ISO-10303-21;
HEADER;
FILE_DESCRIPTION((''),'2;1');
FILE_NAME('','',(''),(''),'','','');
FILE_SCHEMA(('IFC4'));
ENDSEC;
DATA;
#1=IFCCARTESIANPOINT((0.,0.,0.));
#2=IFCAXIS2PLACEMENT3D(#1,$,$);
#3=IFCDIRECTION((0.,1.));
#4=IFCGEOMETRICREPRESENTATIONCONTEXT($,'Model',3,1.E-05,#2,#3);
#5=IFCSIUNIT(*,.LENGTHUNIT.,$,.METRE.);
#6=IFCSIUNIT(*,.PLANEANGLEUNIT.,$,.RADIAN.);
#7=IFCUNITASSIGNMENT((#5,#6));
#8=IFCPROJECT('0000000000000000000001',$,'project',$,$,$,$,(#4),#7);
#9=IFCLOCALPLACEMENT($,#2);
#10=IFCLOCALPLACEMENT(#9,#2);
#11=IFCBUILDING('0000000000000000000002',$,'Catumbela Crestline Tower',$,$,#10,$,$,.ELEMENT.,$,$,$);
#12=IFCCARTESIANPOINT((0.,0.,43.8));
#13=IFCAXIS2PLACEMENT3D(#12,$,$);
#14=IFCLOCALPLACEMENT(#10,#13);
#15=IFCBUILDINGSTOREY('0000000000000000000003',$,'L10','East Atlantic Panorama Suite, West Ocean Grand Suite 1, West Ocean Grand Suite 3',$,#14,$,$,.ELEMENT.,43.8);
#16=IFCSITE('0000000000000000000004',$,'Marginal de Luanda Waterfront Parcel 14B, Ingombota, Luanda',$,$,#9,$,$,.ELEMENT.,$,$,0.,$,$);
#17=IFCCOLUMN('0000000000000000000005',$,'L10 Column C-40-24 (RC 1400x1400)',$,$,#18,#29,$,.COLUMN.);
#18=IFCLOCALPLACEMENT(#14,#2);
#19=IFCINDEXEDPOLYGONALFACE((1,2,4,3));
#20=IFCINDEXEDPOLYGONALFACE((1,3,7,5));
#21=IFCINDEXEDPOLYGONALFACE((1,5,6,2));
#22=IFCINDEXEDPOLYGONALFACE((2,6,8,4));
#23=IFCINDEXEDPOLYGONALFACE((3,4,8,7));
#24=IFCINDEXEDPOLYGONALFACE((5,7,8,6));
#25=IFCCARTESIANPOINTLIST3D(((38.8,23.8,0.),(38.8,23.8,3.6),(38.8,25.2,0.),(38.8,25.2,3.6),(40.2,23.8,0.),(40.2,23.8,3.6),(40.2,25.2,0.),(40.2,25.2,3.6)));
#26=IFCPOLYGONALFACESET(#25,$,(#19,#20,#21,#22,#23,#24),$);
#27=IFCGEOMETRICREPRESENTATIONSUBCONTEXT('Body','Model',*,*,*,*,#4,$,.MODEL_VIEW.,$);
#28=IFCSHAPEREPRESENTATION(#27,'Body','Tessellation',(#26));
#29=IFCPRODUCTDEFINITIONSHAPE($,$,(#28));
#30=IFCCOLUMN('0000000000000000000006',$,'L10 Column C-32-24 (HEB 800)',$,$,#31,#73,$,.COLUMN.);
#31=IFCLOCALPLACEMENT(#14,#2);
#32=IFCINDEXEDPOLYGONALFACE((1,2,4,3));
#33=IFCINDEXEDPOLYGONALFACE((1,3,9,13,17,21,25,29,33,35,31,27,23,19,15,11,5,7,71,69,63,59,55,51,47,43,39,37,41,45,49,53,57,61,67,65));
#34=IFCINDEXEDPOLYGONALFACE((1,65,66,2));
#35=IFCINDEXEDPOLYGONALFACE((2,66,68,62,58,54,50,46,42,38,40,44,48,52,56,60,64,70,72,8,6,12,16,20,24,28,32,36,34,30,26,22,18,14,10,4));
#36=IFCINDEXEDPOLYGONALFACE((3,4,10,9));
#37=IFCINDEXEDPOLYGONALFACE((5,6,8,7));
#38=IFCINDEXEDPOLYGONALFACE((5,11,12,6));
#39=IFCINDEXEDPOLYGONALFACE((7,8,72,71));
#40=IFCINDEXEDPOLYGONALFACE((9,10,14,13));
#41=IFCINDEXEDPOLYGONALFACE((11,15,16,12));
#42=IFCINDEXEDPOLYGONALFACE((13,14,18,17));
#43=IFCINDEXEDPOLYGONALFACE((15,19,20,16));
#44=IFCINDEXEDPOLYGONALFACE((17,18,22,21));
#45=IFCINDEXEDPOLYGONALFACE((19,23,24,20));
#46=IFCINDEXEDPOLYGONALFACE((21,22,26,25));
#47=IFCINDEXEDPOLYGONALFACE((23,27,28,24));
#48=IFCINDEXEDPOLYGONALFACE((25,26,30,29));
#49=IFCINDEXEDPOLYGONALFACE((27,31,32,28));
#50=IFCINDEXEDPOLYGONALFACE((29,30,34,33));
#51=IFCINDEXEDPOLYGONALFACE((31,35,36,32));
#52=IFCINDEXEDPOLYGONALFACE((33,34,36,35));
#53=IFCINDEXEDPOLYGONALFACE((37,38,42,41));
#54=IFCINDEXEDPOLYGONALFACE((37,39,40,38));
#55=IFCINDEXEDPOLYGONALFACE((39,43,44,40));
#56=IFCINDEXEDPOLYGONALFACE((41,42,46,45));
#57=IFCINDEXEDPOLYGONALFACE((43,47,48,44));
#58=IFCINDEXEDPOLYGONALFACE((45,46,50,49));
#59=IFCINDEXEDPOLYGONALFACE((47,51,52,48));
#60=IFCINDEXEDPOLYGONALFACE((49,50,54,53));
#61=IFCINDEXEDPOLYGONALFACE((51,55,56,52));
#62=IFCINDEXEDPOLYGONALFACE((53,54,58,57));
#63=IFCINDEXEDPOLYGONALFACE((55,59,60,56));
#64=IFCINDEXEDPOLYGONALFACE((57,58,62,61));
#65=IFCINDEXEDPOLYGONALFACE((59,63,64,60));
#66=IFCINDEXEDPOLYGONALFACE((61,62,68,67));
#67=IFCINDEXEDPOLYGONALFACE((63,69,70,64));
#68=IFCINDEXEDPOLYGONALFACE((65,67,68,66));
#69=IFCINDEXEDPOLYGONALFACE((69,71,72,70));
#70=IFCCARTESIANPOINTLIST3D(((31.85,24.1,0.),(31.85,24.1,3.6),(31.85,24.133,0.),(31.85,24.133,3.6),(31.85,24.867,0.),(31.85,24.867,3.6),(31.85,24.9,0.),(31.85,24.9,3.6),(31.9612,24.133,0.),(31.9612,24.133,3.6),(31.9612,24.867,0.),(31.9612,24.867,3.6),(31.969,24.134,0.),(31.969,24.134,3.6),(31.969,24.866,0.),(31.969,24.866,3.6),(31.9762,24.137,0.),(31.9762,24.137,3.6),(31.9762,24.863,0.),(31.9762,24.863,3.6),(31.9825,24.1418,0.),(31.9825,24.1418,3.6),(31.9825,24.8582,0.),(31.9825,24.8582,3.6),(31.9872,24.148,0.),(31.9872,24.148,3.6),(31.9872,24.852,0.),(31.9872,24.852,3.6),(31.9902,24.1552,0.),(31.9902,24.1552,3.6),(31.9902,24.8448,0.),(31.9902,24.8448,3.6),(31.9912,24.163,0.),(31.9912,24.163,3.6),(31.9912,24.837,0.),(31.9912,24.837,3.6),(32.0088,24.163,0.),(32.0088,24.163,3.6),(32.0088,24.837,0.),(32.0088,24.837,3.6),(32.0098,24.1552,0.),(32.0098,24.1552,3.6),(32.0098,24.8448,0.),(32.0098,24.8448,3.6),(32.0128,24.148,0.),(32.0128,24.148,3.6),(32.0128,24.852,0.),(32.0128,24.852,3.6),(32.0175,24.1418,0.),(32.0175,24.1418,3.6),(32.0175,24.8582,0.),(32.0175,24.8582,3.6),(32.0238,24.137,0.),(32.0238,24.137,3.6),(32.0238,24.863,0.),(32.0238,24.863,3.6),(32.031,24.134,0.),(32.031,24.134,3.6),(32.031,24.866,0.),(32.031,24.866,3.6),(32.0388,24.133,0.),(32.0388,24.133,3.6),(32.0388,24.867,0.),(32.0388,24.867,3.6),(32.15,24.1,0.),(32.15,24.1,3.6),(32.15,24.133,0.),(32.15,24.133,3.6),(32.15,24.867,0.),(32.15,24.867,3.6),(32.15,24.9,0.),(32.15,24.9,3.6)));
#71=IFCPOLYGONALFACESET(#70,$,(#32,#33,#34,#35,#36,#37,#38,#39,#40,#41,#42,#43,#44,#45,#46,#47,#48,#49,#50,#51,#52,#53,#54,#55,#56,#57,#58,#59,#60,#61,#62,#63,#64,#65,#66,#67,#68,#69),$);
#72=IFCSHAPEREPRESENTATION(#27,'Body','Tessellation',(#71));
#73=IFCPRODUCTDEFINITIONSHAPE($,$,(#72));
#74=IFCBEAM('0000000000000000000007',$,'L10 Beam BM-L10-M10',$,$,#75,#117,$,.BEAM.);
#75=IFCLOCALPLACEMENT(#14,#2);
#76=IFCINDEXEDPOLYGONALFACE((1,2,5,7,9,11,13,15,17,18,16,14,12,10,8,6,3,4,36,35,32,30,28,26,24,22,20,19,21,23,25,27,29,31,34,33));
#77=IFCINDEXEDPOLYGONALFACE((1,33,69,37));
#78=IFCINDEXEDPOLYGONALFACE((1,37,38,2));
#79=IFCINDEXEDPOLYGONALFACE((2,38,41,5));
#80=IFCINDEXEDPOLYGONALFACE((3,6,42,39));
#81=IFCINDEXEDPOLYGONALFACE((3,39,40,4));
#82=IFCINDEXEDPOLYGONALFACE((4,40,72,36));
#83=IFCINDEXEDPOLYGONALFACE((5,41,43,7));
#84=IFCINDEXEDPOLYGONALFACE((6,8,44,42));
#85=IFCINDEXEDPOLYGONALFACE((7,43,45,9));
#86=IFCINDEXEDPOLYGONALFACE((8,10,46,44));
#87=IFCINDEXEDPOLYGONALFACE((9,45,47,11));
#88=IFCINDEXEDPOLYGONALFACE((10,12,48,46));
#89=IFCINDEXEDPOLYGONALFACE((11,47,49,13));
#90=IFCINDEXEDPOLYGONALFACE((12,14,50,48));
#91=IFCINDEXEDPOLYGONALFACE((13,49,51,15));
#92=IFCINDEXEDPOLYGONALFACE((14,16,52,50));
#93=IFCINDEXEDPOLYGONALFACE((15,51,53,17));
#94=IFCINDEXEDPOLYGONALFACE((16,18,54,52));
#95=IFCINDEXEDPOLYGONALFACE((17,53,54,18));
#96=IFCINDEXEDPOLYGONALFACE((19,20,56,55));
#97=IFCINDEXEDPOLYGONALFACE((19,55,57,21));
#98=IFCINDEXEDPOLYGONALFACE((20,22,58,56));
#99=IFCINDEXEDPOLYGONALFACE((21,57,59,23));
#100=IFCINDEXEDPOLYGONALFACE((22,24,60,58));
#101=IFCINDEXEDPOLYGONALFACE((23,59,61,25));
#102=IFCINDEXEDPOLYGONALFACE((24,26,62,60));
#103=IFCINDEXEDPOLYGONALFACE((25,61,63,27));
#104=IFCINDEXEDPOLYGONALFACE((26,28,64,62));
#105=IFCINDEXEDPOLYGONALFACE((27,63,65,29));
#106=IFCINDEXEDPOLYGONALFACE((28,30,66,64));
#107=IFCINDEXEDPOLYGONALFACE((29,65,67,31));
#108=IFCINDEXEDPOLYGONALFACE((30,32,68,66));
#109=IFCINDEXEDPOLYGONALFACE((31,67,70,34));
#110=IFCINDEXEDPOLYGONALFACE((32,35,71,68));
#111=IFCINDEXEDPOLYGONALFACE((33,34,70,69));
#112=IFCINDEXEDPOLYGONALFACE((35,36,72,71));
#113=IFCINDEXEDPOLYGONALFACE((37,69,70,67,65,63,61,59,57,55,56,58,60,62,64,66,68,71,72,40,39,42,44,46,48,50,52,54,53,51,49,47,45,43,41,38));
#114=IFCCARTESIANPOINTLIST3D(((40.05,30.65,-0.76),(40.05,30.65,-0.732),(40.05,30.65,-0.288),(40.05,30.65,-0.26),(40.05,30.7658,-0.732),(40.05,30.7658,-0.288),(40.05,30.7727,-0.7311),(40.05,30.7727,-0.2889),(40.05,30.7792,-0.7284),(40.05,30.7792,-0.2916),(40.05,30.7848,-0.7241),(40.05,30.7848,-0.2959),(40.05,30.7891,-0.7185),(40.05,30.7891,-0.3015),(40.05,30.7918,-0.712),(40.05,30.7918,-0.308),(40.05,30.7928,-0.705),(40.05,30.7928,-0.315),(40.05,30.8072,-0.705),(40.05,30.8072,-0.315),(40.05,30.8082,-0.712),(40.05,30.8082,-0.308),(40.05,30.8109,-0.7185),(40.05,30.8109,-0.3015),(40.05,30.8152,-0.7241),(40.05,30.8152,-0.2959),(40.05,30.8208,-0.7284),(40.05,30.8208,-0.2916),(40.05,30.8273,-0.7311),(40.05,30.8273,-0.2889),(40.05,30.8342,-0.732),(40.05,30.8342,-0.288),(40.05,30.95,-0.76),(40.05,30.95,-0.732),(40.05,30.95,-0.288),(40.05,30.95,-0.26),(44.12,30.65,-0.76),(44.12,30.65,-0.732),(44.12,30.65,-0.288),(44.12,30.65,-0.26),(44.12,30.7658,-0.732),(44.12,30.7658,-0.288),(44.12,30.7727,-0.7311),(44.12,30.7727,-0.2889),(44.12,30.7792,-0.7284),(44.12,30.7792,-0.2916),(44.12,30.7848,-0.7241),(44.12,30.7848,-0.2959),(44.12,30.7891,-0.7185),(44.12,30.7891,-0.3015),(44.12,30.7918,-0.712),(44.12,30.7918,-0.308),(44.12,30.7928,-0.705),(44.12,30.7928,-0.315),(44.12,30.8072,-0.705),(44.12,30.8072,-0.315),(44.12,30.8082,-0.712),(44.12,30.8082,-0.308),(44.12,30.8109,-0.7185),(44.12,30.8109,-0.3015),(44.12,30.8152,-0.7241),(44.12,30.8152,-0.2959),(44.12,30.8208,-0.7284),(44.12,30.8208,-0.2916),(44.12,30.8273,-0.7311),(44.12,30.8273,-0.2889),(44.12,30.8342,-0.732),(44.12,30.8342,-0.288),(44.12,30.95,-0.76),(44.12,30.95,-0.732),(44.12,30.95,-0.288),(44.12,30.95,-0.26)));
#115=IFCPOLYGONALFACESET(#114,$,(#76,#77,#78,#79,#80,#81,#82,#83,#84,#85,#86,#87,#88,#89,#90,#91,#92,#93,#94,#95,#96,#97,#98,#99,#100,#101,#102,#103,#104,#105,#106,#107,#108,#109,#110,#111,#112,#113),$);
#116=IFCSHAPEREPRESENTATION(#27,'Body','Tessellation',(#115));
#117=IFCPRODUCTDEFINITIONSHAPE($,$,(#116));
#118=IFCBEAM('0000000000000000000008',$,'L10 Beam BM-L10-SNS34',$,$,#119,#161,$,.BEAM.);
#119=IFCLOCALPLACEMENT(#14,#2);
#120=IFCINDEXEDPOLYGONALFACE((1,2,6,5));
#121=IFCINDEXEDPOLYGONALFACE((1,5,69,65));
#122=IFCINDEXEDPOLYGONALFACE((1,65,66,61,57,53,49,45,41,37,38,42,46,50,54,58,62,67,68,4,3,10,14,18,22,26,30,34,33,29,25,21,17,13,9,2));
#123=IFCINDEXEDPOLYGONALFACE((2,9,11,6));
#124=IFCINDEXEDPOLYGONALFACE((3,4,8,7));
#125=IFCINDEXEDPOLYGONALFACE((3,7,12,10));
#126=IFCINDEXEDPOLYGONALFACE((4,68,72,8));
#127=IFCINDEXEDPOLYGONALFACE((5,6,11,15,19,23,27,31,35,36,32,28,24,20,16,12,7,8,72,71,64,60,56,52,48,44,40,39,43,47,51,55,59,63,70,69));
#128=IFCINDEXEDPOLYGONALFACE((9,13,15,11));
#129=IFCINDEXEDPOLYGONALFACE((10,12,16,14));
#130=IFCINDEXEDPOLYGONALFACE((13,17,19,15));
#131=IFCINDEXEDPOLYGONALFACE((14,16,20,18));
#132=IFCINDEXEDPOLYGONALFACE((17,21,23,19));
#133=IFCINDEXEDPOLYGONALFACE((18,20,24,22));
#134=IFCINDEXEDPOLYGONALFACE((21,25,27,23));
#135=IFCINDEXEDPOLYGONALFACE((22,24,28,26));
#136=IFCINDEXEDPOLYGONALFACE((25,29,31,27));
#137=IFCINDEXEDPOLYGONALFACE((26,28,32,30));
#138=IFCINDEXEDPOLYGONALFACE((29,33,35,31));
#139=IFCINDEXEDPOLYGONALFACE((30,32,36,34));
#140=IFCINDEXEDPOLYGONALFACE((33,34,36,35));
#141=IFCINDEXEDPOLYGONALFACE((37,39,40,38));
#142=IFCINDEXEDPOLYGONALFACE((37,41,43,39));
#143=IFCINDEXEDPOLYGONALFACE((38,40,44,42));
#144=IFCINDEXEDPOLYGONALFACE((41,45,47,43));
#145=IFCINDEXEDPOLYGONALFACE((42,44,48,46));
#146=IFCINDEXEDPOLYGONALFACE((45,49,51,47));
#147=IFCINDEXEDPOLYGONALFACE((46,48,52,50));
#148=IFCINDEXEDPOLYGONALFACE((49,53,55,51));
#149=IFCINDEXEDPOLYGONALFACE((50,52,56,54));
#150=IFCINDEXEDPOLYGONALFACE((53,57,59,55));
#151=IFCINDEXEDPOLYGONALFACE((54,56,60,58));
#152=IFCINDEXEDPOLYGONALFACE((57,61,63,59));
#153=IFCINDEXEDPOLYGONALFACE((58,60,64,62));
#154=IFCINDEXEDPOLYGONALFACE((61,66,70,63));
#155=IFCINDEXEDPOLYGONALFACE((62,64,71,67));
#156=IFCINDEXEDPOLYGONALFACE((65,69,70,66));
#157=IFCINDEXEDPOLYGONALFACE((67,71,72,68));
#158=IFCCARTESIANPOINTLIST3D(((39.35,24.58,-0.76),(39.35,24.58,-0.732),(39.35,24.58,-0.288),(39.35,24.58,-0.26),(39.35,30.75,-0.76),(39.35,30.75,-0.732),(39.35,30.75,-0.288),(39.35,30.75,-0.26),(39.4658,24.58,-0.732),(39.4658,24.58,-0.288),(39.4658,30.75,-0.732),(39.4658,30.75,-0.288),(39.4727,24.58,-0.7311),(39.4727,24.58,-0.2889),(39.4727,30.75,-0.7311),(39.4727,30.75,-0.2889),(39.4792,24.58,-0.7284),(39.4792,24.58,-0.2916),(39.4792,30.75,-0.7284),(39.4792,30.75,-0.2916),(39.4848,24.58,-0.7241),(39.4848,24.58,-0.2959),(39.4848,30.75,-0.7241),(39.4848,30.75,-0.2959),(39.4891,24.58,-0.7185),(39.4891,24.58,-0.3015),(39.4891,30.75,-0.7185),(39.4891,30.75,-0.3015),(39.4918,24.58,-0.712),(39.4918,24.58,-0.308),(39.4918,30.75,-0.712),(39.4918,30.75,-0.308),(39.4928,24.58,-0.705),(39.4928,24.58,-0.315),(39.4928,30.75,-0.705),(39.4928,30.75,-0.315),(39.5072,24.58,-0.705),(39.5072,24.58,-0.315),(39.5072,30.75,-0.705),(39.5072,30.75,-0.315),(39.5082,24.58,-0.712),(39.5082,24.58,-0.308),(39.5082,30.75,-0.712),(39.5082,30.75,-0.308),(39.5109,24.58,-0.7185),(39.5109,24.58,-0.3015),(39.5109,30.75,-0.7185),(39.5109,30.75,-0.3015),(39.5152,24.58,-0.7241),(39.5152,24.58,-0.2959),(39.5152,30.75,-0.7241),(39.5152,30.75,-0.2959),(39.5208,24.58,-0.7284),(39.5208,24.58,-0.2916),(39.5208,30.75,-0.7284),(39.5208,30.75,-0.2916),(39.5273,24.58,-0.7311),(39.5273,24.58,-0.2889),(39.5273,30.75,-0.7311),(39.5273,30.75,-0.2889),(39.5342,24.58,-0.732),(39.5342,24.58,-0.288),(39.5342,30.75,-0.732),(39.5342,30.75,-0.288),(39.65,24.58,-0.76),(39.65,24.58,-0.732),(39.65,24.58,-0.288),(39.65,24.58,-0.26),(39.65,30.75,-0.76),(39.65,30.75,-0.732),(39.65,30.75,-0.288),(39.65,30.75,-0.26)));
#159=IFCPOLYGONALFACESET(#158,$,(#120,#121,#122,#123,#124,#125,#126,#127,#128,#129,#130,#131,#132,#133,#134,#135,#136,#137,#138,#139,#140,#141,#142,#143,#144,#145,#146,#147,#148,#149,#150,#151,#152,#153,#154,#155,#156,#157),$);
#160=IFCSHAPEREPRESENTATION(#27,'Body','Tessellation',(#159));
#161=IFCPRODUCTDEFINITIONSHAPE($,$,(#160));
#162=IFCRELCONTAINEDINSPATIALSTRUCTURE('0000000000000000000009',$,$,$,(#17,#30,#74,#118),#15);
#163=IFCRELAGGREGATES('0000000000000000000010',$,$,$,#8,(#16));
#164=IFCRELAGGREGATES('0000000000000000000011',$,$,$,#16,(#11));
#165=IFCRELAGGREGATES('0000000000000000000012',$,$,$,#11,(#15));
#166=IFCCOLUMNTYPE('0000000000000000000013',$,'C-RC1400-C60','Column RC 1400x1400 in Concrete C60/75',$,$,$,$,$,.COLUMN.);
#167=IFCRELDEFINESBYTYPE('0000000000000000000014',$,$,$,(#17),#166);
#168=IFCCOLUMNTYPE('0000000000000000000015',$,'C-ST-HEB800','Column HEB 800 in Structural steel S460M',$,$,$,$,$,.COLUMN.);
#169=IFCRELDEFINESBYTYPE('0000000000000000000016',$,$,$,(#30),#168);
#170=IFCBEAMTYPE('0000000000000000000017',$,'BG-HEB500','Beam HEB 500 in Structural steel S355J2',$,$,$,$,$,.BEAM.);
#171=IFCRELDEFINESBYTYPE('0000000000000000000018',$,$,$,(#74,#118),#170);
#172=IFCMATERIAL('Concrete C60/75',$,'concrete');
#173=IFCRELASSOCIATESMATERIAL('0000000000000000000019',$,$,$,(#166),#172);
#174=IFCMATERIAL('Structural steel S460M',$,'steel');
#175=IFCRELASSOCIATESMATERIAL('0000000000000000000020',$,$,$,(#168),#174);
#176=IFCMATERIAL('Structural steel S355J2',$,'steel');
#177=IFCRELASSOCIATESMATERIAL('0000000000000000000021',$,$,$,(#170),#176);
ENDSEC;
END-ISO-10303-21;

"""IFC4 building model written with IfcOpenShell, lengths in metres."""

from ifc_helpers import new_model, si_unit, direction, frame, origin, origin_2d, place, context, subcontext, project, spatial, rectangle, i_section, extrude, material, material_profile, profile_set, type_object, element, save


model = new_model("IFC4")

# Units and contexts
model_context = context("Model", 3, precision=1e-05, world=origin(), true_north=direction((0.0, 1.0)))
body_context = subcontext(model_context, "Body", "Model", "MODEL_VIEW")
ifc_project = project(units=[si_unit("LENGTHUNIT", "METRE"), si_unit("PLANEANGLEUNIT", "RADIAN")], contexts=[model_context])

# Site, building, storey
site_placement = place(None, origin())
site = spatial("IfcSite", under=ifc_project, at=site_placement, Name="Marginal de Luanda Waterfront Parcel 14B, Ingombota, Luanda", CompositionType="ELEMENT", RefElevation=0.0)
building_placement = place(site_placement, origin())
building = spatial("IfcBuilding", under=site, at=building_placement, Name="Catumbela Crestline Tower", CompositionType="ELEMENT")
storey_placement = place(building_placement, frame((0.0, 0.0, 43.8)))
storey = spatial("IfcBuildingStorey", under=building, at=storey_placement, Name="L10", Description="East Atlantic Panorama Suite, West Ocean Grand Suite 1, West Ocean Grand Suite 3", CompositionType="ELEMENT", Elevation=43.8)

# Columns
ifc_material_1 = material(Name="Concrete C60/75", Category="concrete")
ifc_material_profile_1 = material_profile(ifc_material_1, rectangle(XDim=1.4, YDim=1.4, at=origin_2d()), Name="RC 1400x1400")
ifc_profile_set_1 = profile_set([ifc_material_profile_1], Name="Concrete C60/75")
column_type_1 = type_object("IfcColumnType", Name="C-RC1400-C60", Description="Column RC 1400x1400 in Concrete C60/75", PredefinedType="COLUMN", material=ifc_profile_set_1)
column_1_placement = place(storey_placement, frame((39.5, 24.5, 0.0), z_axis=(0.0, 0.0, 1.0), x_axis=(1.0, 0.0, 0.0)))
element("IfcColumn", 1, at=column_1_placement, inside=storey, type_object=column_type_1, Name="L10 Column C-40-24 (RC 1400x1400)", PredefinedType="COLUMN", context=body_context, shape_type="SweptSolid", body=[
    extrude(rectangle(XDim=1.4, YDim=1.4, at=origin_2d()), origin(), (0.0, 0.0, 1.0), 3.6),
])
ifc_material_2 = material(Name="Structural steel S460M", Category="steel")
ifc_material_profile_2 = material_profile(ifc_material_2, i_section(OverallWidth=0.3, OverallDepth=0.8, WebThickness=0.0175, FlangeThickness=0.033, FilletRadius=0.03, at=origin_2d()), Name="HEB 800")
ifc_profile_set_2 = profile_set([ifc_material_profile_2], Name="Structural steel S460M")
column_type_2 = type_object("IfcColumnType", Name="C-ST-HEB800", Description="Column HEB 800 in Structural steel S460M", PredefinedType="COLUMN", material=ifc_profile_set_2)
column_2_placement = place(storey_placement, frame((32.0, 24.5, 0.0), z_axis=(0.0, 0.0, 1.0), x_axis=(1.0, 0.0, 0.0)))
element("IfcColumn", 2, at=column_2_placement, inside=storey, type_object=column_type_2, Name="L10 Column C-32-24 (HEB 800)", PredefinedType="COLUMN", context=body_context, shape_type="SweptSolid", body=[
    extrude(i_section(OverallWidth=0.3, OverallDepth=0.8, WebThickness=0.0175, FlangeThickness=0.033, FilletRadius=0.03, at=origin_2d()), origin(), (0.0, 0.0, 1.0), 3.6),
])

# Beams
ifc_material_3 = material(Name="Structural steel S355J2", Category="steel")
ifc_material_profile_3 = material_profile(ifc_material_3, i_section(OverallWidth=0.3, OverallDepth=0.5, WebThickness=0.0145, FlangeThickness=0.028, FilletRadius=0.027, at=origin_2d()), Name="HEB 500")
ifc_profile_set_3 = profile_set([ifc_material_profile_3], Name="Structural steel S355J2")
beam_type_1 = type_object("IfcBeamType", Name="BG-HEB500", Description="Beam HEB 500 in Structural steel S355J2", PredefinedType="BEAM", material=ifc_profile_set_3)
beam_1_placement = place(storey_placement, frame((40.05, 30.8, -0.51), z_axis=(1.0, 0.0, 0.0), x_axis=(0.0, 1.0, 0.0)))
element("IfcBeam", 3, at=beam_1_placement, inside=storey, type_object=beam_type_1, Name="L10 Beam BM-L10-M10", PredefinedType="BEAM", context=body_context, shape_type="SweptSolid", body=[
    extrude(i_section(OverallWidth=0.3, OverallDepth=0.5, WebThickness=0.0145, FlangeThickness=0.028, FilletRadius=0.027, at=origin_2d()), origin(), (0.0, 0.0, 1.0), 4.07),
])
beam_2_placement = place(storey_placement, frame((39.5, 24.58, -0.51), z_axis=(0.0, 1.0, 0.0), x_axis=(-1.0, 0.0, 0.0)))
element("IfcBeam", 4, at=beam_2_placement, inside=storey, type_object=beam_type_1, Name="L10 Beam BM-L10-SNS34", PredefinedType="BEAM", context=body_context, shape_type="SweptSolid", body=[
    extrude(i_section(OverallWidth=0.3, OverallDepth=0.5, WebThickness=0.0145, FlangeThickness=0.028, FilletRadius=0.027, at=origin_2d()), origin(), (0.0, 0.0, 1.0), 6.17),
])

save(model, "model.ifc")
